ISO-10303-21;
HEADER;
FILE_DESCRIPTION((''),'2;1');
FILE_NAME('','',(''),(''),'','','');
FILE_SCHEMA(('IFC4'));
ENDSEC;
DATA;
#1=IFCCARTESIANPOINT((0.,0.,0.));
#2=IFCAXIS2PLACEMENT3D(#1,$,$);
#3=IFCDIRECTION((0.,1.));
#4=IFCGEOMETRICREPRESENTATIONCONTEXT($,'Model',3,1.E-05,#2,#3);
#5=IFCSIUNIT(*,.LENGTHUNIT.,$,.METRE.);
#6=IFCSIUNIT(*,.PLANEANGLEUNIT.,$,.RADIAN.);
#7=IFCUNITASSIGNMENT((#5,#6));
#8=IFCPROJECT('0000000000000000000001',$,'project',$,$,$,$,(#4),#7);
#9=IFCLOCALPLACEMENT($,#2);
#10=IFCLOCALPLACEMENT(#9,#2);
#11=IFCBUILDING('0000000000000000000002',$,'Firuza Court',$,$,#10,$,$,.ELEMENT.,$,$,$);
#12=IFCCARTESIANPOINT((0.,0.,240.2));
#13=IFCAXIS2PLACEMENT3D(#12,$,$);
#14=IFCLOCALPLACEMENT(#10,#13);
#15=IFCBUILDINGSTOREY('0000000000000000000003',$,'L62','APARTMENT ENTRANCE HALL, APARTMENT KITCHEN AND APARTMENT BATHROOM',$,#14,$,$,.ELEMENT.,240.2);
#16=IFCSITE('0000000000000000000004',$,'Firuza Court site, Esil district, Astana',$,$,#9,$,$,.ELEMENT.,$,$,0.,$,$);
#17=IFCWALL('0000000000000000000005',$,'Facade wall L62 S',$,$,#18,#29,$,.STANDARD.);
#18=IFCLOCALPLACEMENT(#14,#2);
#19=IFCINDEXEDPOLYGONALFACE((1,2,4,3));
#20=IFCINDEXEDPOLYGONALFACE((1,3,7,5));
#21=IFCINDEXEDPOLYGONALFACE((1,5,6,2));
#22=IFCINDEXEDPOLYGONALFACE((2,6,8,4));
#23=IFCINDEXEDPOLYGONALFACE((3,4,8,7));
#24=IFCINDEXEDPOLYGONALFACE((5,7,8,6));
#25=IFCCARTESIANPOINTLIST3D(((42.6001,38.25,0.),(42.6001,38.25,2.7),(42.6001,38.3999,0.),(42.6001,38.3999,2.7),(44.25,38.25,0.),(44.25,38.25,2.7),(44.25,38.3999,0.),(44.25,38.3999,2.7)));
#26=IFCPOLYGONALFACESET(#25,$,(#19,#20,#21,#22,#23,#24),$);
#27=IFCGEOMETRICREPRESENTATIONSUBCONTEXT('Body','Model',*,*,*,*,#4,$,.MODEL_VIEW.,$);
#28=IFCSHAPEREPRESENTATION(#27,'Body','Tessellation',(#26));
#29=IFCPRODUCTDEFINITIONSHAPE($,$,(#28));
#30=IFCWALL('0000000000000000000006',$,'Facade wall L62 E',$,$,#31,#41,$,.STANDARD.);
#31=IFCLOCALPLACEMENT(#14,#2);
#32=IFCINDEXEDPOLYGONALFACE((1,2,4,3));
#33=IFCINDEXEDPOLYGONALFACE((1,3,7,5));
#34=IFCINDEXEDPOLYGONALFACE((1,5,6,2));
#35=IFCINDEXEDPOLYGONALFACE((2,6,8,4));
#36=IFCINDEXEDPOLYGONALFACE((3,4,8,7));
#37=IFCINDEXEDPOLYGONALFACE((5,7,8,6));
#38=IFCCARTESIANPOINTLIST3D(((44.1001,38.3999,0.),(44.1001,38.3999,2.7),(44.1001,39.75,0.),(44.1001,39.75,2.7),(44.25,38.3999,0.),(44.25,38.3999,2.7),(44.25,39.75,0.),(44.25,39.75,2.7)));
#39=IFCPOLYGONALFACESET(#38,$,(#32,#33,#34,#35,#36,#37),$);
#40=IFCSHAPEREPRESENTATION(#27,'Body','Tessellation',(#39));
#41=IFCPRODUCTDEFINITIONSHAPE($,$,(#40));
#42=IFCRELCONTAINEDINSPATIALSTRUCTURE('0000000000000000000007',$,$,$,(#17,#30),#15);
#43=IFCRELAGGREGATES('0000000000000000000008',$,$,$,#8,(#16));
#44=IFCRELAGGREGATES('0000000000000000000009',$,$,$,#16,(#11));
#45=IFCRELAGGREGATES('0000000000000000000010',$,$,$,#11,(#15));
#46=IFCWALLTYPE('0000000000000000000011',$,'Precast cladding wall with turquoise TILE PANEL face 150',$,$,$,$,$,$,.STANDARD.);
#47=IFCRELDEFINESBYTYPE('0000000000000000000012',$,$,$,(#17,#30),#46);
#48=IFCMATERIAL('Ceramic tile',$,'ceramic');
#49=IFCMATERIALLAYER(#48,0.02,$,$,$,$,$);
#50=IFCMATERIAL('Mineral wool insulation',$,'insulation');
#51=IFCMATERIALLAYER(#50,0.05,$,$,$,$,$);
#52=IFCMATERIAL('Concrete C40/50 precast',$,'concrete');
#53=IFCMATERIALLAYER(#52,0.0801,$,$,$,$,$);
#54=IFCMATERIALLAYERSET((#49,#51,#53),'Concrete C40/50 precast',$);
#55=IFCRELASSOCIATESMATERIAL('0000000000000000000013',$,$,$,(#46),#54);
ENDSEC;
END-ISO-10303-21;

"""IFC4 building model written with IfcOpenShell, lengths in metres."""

from ifc_helpers import new_model, si_unit, direction, frame, frame_2d, origin, place, context, subcontext, project, spatial, rectangle, extrude, material, layer, layer_set, type_object, element, save


model = new_model("IFC4")

# Units and contexts
model_context = context("Model", 3, precision=1e-05, world=origin(), true_north=direction((0.0, 1.0)))
body_context = subcontext(model_context, "Body", "Model", "MODEL_VIEW")
ifc_project = project(units=[si_unit("LENGTHUNIT", "METRE"), si_unit("PLANEANGLEUNIT", "RADIAN")], contexts=[model_context])

# Site, building, storey
site_placement = place(None, origin())
site = spatial("IfcSite", under=ifc_project, at=site_placement, Name="Firuza Court site, Esil district, Astana", CompositionType="ELEMENT", RefElevation=0.0)
building_placement = place(site_placement, origin())
building = spatial("IfcBuilding", under=site, at=building_placement, Name="Firuza Court", CompositionType="ELEMENT")
storey_placement = place(building_placement, frame((0.0, 0.0, 240.2)))
storey = spatial("IfcBuildingStorey", under=building, at=storey_placement, Name="L62", Description="APARTMENT ENTRANCE HALL, APARTMENT KITCHEN AND APARTMENT BATHROOM", CompositionType="ELEMENT", Elevation=240.2)

# Shared definitions
ifc_material_1 = material(Name="Ceramic tile", Category="ceramic")
ifc_material_2 = material(Name="Mineral wool insulation", Category="insulation")
ifc_material_3 = material(Name="Concrete C40/50 precast", Category="concrete")

# Walls
ifc_layer_1 = layer(ifc_material_1, 0.02)
ifc_layer_2 = layer(ifc_material_2, 0.05)
ifc_layer_3 = layer(ifc_material_3, 0.0801)
ifc_layer_set_1 = layer_set([ifc_layer_1, ifc_layer_2, ifc_layer_3], Name="Concrete C40/50 precast")
wall_type_1 = type_object("IfcWallType", Name="Precast cladding wall with turquoise TILE PANEL face 150", PredefinedType="STANDARD", material=ifc_layer_set_1)
wall_1_placement = place(storey_placement, frame((42.6001, 38.325, 0.0), z_axis=(0.0, 0.0, 1.0), x_axis=(1.0, 0.0, 0.0)))
element("IfcWall", 1, at=wall_1_placement, inside=storey, type_object=wall_type_1, Name="Facade wall L62 S", PredefinedType="STANDARD", context=body_context, shape_type="SweptSolid", body=[
    extrude(rectangle(XDim=1.6499, YDim=0.1499, at=frame_2d((0.825, 0.0))), origin(), (0.0, 0.0, 1.0), 2.7),
])
wall_2_placement = place(storey_placement, frame((44.175, 38.3999, 0.0), z_axis=(0.0, 0.0, 1.0), x_axis=(0.0, 1.0, 0.0)))
element("IfcWall", 2, at=wall_2_placement, inside=storey, type_object=wall_type_1, Name="Facade wall L62 E", PredefinedType="STANDARD", context=body_context, shape_type="SweptSolid", body=[
    extrude(rectangle(XDim=1.3501, YDim=0.1499, at=frame_2d((0.675, 0.0))), origin(), (0.0, 0.0, 1.0), 2.7),
])

save(model, "model.ifc")
